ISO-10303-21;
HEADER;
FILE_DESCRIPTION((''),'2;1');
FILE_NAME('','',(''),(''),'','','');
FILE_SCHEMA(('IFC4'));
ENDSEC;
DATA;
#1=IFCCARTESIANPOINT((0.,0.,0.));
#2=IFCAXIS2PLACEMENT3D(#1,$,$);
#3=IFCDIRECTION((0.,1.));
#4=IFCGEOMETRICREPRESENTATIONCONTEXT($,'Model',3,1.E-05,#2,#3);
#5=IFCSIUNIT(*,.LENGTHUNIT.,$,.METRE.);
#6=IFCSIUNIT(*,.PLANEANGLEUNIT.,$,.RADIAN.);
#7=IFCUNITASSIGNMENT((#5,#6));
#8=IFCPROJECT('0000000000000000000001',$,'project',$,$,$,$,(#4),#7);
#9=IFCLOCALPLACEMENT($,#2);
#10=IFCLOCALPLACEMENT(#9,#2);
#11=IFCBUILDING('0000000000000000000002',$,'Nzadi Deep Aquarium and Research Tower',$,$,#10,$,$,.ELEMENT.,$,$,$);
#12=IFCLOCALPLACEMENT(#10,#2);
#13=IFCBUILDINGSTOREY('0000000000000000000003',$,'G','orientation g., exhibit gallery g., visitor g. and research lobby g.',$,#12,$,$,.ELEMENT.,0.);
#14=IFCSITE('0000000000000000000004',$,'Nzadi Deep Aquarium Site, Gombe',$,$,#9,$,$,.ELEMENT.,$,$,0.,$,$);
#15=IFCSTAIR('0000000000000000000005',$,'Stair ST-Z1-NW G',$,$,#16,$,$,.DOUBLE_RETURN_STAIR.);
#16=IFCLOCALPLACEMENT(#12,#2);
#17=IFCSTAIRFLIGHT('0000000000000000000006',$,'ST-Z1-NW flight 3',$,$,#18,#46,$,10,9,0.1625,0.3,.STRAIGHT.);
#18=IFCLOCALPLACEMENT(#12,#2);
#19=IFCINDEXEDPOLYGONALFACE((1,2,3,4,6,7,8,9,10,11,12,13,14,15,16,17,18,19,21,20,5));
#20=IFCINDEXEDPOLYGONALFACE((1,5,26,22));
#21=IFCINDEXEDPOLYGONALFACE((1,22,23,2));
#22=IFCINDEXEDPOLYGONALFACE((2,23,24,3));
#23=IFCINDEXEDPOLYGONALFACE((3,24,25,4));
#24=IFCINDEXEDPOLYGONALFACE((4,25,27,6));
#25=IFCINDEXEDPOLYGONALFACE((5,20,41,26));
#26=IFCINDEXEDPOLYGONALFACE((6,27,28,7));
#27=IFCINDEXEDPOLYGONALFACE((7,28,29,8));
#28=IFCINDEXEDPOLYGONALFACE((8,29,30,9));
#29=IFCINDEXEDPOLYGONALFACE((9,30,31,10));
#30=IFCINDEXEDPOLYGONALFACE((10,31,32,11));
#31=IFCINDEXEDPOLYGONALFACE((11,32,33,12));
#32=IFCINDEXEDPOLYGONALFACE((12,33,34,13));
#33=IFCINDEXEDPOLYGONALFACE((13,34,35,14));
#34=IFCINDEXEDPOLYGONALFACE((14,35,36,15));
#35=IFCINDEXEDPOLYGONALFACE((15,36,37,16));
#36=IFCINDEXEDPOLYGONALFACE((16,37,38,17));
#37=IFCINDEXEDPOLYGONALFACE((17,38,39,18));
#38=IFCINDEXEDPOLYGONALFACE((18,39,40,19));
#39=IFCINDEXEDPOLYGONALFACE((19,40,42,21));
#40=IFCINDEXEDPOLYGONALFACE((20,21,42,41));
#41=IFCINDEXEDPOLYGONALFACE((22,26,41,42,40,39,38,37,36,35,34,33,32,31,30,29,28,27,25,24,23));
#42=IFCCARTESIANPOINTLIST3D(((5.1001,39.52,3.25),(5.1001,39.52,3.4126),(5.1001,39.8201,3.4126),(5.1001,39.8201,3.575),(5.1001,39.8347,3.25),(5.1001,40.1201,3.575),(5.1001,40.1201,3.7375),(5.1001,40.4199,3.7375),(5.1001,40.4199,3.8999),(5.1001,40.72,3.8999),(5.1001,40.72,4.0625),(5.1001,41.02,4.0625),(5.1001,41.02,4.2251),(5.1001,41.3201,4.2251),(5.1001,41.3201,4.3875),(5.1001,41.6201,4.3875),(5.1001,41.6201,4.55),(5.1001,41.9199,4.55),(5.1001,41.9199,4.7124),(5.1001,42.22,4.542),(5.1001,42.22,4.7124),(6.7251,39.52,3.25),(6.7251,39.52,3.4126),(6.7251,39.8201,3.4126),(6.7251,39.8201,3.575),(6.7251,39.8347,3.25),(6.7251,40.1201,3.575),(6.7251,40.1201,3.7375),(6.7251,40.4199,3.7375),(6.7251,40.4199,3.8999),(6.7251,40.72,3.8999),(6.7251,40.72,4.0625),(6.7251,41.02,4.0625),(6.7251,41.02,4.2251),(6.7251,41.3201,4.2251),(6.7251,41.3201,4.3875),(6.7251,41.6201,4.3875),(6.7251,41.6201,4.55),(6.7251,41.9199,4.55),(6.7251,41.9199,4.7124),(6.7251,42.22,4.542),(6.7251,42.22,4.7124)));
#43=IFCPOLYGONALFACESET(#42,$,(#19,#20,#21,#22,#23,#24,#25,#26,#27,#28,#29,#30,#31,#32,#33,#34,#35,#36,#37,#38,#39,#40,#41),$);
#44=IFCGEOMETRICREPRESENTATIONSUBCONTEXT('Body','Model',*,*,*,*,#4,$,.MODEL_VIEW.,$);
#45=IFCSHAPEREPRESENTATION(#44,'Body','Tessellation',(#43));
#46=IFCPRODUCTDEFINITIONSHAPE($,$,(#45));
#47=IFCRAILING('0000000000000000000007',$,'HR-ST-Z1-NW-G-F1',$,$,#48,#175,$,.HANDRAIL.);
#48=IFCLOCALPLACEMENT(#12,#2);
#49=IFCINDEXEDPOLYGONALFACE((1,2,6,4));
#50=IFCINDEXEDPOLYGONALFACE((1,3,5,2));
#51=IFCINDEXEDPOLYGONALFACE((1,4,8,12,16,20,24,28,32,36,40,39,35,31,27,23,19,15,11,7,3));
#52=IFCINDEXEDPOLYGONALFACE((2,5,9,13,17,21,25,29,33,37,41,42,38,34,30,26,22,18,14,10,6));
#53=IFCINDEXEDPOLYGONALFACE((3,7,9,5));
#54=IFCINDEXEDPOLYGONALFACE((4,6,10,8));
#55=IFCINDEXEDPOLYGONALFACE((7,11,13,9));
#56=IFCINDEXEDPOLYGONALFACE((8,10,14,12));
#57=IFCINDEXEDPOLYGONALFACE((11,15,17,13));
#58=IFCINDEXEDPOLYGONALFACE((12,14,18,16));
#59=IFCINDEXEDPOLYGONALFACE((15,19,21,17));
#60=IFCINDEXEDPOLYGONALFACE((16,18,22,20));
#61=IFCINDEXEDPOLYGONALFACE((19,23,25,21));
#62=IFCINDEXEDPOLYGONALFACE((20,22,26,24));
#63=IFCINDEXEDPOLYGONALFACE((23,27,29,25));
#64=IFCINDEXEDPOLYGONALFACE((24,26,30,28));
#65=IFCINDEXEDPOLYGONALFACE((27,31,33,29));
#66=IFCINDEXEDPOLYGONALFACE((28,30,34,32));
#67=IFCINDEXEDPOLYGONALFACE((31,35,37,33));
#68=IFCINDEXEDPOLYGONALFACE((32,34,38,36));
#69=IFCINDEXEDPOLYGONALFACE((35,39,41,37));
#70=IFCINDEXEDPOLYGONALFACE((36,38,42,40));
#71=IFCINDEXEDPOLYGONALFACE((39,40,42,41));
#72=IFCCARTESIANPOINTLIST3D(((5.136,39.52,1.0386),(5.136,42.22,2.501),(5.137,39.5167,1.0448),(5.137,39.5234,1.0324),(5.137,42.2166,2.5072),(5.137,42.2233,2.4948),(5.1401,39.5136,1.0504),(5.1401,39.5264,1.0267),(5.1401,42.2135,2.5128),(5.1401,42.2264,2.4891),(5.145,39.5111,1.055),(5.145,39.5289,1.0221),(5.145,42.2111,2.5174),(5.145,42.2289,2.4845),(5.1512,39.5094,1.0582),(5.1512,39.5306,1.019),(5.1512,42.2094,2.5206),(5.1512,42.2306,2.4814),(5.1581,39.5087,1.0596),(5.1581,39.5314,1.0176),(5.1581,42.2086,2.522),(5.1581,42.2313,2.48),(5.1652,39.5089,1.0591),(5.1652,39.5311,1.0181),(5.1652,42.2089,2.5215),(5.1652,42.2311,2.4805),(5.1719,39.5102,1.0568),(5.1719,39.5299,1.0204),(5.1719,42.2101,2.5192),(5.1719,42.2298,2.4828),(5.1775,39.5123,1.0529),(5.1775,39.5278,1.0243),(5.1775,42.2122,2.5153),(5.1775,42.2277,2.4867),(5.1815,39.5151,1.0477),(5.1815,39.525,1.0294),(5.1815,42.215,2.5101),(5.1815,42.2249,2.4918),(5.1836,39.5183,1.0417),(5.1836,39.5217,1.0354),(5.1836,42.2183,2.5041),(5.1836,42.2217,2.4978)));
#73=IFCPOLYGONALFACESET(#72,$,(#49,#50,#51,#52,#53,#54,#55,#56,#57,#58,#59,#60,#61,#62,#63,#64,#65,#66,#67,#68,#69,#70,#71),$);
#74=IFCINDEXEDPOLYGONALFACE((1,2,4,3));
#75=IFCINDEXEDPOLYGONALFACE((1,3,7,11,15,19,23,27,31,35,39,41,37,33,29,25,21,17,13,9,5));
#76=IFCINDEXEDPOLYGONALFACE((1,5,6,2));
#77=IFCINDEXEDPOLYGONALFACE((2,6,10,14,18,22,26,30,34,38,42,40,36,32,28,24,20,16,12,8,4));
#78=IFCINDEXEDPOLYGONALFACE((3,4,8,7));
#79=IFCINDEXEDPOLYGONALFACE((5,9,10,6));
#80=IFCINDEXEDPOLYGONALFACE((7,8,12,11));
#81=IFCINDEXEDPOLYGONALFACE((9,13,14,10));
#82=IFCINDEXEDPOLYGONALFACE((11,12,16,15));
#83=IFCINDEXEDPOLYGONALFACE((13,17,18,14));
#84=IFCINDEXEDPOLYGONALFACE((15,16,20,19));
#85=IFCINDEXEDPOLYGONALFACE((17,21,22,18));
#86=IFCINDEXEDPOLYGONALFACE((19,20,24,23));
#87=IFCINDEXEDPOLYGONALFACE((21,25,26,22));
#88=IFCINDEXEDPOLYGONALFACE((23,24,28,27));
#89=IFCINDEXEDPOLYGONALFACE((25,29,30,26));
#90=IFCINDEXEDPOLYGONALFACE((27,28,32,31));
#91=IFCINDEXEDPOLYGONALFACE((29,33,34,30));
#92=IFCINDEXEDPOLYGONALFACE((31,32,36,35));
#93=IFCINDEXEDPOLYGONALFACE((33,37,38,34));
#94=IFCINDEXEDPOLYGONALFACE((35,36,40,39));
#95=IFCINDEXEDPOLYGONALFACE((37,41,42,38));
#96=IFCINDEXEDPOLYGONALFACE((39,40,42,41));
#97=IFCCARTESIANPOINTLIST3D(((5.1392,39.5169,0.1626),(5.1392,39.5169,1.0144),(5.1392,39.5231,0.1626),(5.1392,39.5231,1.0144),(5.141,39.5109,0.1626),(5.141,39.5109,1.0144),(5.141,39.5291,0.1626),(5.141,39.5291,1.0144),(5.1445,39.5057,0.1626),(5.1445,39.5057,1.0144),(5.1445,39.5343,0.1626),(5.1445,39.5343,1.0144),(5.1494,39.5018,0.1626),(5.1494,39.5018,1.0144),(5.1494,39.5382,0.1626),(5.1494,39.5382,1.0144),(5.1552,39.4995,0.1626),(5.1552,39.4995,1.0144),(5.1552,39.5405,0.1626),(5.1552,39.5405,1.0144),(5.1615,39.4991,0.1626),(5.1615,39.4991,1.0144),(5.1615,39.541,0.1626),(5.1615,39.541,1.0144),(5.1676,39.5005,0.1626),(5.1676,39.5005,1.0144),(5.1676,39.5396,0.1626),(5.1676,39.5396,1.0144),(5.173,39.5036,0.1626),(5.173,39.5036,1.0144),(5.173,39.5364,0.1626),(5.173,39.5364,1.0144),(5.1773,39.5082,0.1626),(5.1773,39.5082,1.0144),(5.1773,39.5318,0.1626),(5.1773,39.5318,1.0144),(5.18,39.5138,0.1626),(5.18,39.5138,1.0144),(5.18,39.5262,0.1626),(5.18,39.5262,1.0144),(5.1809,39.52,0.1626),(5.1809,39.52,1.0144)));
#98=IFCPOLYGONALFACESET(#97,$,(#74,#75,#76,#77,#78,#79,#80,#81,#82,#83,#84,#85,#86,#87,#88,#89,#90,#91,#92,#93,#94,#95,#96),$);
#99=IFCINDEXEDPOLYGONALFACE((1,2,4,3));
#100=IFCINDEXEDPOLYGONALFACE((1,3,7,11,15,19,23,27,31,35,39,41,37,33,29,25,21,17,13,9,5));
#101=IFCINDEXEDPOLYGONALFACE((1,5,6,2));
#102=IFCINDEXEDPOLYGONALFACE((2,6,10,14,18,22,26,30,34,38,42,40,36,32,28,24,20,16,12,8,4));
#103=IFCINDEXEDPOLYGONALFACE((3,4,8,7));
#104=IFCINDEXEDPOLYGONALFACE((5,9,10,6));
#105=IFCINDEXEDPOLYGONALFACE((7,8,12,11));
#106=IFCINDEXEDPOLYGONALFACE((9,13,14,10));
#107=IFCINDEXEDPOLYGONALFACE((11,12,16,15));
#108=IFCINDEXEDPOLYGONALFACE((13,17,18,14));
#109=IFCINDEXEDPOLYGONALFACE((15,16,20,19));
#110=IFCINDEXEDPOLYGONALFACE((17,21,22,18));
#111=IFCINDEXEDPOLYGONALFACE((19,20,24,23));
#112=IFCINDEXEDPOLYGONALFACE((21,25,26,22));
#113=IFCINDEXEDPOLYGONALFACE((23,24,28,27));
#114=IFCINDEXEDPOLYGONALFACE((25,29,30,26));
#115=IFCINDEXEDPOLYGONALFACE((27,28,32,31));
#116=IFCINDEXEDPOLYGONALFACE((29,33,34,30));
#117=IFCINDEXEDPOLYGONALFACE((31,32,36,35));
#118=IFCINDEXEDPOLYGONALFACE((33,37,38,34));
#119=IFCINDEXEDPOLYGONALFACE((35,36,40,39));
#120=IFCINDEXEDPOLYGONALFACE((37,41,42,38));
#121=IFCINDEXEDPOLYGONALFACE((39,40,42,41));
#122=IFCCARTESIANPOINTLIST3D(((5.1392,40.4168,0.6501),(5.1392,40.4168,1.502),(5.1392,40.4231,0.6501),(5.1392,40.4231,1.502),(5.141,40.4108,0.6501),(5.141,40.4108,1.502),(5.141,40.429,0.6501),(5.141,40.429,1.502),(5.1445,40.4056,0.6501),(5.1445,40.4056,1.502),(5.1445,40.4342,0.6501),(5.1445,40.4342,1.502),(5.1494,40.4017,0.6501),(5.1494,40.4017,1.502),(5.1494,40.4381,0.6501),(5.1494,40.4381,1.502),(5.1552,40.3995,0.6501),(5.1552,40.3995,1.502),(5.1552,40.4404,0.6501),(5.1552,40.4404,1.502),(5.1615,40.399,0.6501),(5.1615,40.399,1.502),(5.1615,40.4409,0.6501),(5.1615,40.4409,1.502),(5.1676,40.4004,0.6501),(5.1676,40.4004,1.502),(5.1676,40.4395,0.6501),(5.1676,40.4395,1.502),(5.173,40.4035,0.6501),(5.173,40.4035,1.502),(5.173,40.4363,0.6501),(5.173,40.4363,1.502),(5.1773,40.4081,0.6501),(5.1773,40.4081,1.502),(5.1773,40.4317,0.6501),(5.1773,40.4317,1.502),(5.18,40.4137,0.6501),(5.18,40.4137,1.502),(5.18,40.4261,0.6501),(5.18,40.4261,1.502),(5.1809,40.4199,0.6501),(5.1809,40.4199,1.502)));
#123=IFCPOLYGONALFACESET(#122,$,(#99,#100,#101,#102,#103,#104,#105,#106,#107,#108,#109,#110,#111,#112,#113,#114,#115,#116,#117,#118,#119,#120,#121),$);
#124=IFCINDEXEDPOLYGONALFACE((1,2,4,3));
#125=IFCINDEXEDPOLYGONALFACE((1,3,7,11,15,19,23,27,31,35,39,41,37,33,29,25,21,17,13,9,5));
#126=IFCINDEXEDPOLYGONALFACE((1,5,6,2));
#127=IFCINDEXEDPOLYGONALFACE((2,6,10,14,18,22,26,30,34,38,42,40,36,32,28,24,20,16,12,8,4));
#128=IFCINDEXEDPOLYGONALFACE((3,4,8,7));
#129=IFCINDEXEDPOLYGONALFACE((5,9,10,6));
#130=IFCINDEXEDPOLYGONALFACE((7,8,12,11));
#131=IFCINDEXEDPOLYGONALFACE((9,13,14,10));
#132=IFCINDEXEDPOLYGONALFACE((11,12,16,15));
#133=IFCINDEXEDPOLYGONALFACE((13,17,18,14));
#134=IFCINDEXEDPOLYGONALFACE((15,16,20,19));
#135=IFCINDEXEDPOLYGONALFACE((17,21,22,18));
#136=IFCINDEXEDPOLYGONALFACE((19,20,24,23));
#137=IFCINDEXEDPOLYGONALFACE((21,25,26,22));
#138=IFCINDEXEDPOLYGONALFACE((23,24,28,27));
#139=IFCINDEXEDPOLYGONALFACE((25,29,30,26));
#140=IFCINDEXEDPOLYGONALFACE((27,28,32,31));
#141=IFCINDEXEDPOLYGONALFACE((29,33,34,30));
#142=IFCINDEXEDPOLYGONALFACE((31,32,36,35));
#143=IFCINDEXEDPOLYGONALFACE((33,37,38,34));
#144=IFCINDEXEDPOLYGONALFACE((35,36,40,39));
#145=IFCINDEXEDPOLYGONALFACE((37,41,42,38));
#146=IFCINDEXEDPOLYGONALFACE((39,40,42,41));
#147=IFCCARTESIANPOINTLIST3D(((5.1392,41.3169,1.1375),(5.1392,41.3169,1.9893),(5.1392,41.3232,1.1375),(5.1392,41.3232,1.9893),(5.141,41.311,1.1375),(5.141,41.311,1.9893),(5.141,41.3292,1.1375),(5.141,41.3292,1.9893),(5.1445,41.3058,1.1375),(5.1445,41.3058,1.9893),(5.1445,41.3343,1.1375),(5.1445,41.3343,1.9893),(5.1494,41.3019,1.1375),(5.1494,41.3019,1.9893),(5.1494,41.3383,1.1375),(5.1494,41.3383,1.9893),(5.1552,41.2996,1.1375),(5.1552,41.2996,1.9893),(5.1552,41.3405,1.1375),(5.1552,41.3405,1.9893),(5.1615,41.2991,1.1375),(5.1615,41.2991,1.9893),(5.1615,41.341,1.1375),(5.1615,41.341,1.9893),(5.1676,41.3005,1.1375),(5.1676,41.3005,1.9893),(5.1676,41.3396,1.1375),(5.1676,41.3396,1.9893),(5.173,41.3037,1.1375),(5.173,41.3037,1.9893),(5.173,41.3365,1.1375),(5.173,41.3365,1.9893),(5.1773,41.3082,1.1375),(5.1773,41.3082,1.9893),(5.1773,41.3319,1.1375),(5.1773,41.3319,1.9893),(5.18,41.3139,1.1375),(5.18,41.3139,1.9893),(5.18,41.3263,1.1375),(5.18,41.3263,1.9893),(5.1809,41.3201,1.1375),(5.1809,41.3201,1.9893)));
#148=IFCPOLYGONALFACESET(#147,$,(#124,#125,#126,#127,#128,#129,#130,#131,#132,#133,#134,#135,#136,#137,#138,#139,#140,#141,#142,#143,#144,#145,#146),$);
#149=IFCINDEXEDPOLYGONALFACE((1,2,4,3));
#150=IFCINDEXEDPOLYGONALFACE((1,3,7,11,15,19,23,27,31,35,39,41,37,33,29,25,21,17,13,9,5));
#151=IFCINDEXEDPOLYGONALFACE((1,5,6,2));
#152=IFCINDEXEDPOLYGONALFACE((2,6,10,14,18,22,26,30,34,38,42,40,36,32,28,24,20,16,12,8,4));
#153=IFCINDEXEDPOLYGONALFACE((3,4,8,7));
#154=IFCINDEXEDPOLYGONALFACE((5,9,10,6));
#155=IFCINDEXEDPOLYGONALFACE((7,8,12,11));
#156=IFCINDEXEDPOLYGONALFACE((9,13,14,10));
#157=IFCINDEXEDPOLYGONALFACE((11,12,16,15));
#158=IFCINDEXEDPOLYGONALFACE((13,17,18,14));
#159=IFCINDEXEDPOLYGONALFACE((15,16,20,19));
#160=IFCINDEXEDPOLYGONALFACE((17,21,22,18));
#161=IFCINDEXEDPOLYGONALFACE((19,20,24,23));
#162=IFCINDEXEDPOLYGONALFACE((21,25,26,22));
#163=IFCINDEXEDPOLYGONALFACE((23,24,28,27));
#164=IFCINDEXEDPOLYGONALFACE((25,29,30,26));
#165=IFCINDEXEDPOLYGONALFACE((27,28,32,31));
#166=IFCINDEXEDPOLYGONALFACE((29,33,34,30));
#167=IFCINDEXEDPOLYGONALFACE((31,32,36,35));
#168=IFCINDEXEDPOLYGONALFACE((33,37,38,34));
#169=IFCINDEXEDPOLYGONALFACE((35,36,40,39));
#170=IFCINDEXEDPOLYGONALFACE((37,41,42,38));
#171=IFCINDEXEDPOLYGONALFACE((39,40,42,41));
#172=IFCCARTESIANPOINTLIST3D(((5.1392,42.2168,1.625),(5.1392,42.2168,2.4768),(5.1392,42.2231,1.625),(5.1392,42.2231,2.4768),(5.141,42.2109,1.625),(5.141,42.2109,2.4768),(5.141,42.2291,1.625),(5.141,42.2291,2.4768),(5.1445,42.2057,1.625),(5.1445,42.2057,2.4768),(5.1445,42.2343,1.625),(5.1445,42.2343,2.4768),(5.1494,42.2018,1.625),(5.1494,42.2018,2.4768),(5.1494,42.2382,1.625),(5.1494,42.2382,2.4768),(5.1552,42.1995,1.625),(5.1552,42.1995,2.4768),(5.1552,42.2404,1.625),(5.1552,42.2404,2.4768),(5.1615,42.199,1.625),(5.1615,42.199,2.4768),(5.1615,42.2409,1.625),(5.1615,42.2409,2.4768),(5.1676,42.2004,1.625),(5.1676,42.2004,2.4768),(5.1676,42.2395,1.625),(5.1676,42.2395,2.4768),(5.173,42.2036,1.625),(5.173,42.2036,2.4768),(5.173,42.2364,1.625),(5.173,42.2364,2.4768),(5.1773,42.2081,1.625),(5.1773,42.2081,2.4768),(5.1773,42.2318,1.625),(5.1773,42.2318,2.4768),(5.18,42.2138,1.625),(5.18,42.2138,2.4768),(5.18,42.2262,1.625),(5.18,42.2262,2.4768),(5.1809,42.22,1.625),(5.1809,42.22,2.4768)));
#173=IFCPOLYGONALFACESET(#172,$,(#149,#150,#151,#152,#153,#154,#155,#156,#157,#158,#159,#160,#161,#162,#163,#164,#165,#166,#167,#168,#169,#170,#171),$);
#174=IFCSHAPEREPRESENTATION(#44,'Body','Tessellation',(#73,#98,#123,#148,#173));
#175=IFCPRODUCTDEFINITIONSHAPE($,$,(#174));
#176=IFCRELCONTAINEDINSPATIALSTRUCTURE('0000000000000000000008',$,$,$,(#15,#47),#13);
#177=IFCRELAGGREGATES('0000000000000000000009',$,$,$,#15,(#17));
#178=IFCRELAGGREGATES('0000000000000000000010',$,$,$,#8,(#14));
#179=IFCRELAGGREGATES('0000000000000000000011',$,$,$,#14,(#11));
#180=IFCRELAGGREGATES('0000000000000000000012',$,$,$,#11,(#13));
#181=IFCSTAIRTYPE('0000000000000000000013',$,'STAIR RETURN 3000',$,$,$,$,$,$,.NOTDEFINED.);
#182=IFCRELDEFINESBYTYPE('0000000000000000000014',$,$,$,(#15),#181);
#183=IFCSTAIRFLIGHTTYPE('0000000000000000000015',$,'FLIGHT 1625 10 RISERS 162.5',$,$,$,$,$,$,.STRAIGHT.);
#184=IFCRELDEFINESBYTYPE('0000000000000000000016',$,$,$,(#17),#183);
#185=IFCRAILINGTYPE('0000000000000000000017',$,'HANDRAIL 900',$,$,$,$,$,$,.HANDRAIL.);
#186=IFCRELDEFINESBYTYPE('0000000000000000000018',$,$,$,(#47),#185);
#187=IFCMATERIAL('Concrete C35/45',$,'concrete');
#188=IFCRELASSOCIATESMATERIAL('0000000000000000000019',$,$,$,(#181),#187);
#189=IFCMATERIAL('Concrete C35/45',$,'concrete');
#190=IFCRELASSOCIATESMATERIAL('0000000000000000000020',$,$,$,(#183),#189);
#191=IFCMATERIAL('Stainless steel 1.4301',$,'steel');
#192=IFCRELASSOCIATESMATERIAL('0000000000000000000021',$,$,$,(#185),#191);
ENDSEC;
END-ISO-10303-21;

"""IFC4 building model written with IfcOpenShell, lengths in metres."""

from ifc_helpers import new_model, si_unit, direction, frame, origin, origin_2d, place, context, subcontext, project, spatial, polyline, circle, outline, extrude, material, type_object, element, aggregate, save


model = new_model("IFC4")

# Units and contexts
model_context = context("Model", 3, precision=1e-05, world=origin(), true_north=direction((0.0, 1.0)))
body_context = subcontext(model_context, "Body", "Model", "MODEL_VIEW")
ifc_project = project(units=[si_unit("LENGTHUNIT", "METRE"), si_unit("PLANEANGLEUNIT", "RADIAN")], contexts=[model_context])

# Site, building, storey
site_placement = place(None, origin())
site = spatial("IfcSite", under=ifc_project, at=site_placement, Name="Nzadi Deep Aquarium Site, Gombe", CompositionType="ELEMENT", RefElevation=0.0)
building_placement = place(site_placement, origin())
building = spatial("IfcBuilding", under=site, at=building_placement, Name="Nzadi Deep Aquarium and Research Tower", CompositionType="ELEMENT")
storey_placement = place(building_placement, origin())
storey = spatial("IfcBuildingStorey", under=building, at=storey_placement, Name="G", Description="orientation g., exhibit gallery g., visitor g. and research lobby g.", CompositionType="ELEMENT", Elevation=0.0)

# Stair, stair flight
ifc_material_1 = material(Name="Concrete C35/45", Category="concrete")
stair_type = type_object("IfcStairType", Name="STAIR RETURN 3000", PredefinedType="NOTDEFINED", material=ifc_material_1)
stair_placement = place(storey_placement, origin())
stair = element("IfcStair", 1, at=stair_placement, inside=storey, type_object=stair_type, Name="Stair ST-Z1-NW G", PredefinedType="DOUBLE_RETURN_STAIR")
ifc_material_2 = material(Name="Concrete C35/45", Category="concrete")
stair_flight_type = type_object("IfcStairFlightType", Name="FLIGHT 1625 10 RISERS 162.5", PredefinedType="STRAIGHT", material=ifc_material_2)
stair_flight_1_placement = place(storey_placement, frame((5.9126, 39.52, 3.25), z_axis=(0.0, 0.0, 1.0), x_axis=(0.0, 1.0, 0.0)))
stair_flight_1 = element("IfcStairFlight", 2, at=stair_flight_1_placement, type_object=stair_flight_type, Name="ST-Z1-NW flight 3", NumberOfRisers=10, NumberOfTreads=9, PredefinedType="STRAIGHT", RiserHeight=0.1625, TreadLength=0.3, context=body_context, shape_type="SweptSolid", body=[
    extrude(outline(polyline([(0.0, 0.0), (0.0, 0.1626), (0.3, 0.1626), (0.3, 0.325), (0.6001, 0.325), (0.6001, 0.4875), (0.8999, 0.4875), (0.8999, 0.6499), (1.2, 0.6499), (1.2, 0.8125), (1.5, 0.8125), (1.5, 0.9751), (1.8, 0.9751), (1.8, 1.1375), (2.1001, 1.1375), (2.1001, 1.3), (2.3999, 1.3), (2.3999, 1.4624), (2.7, 1.4624), (2.7, 1.625), (2.7, 1.292), (0.3147, 0.0), (0.0, 0.0)])), frame((0.0, 0.8125, 0.0), z_axis=(0.0, -1.0, 0.0), x_axis=(1.0, 0.0, 0.0)), (0.0, 0.0, 1.0), 1.625),
])
aggregate(stair, [stair_flight_1])

# Railing
ifc_material_3 = material(Name="Stainless steel 1.4301", Category="steel")
railing_type = type_object("IfcRailingType", Name="HANDRAIL 900", PredefinedType="HANDRAIL", material=ifc_material_3)
for number, where, name in (
    (3, (5.1599, 39.52, 0.1626), "HR-ST-Z1-NW-G-F1"),
):
    element("IfcRailing", number, at=place(storey_placement, frame(where)), inside=storey, type_object=railing_type, Name=name, PredefinedType="HANDRAIL", context=body_context, shape_type="SweptSolid", body=[
        extrude(circle(Radius=0.0239, at=origin_2d()), frame((0.0, 0.0, 0.876), z_axis=(0.0, 0.879302, 0.476265), x_axis=(-1.0, 0.0, 0.0)), (0.0, 0.0, 1.0), 3.0706),
        extrude(circle(Radius=0.021, at=origin_2d()), origin(), (0.0, 0.0, 1.0), 0.8518),
        extrude(circle(Radius=0.021, at=origin_2d()), frame((0.0, 0.8999, 0.4875)), (0.0, 0.0, 1.0), 0.8518),
        extrude(circle(Radius=0.021, at=origin_2d()), frame((0.0, 1.8, 0.9749)), (0.0, 0.0, 1.0), 0.8518),
        extrude(circle(Radius=0.021, at=origin_2d()), frame((0.0, 2.7, 1.4624)), (0.0, 0.0, 1.0), 0.8518),
    ])

save(model, "model.ifc")
